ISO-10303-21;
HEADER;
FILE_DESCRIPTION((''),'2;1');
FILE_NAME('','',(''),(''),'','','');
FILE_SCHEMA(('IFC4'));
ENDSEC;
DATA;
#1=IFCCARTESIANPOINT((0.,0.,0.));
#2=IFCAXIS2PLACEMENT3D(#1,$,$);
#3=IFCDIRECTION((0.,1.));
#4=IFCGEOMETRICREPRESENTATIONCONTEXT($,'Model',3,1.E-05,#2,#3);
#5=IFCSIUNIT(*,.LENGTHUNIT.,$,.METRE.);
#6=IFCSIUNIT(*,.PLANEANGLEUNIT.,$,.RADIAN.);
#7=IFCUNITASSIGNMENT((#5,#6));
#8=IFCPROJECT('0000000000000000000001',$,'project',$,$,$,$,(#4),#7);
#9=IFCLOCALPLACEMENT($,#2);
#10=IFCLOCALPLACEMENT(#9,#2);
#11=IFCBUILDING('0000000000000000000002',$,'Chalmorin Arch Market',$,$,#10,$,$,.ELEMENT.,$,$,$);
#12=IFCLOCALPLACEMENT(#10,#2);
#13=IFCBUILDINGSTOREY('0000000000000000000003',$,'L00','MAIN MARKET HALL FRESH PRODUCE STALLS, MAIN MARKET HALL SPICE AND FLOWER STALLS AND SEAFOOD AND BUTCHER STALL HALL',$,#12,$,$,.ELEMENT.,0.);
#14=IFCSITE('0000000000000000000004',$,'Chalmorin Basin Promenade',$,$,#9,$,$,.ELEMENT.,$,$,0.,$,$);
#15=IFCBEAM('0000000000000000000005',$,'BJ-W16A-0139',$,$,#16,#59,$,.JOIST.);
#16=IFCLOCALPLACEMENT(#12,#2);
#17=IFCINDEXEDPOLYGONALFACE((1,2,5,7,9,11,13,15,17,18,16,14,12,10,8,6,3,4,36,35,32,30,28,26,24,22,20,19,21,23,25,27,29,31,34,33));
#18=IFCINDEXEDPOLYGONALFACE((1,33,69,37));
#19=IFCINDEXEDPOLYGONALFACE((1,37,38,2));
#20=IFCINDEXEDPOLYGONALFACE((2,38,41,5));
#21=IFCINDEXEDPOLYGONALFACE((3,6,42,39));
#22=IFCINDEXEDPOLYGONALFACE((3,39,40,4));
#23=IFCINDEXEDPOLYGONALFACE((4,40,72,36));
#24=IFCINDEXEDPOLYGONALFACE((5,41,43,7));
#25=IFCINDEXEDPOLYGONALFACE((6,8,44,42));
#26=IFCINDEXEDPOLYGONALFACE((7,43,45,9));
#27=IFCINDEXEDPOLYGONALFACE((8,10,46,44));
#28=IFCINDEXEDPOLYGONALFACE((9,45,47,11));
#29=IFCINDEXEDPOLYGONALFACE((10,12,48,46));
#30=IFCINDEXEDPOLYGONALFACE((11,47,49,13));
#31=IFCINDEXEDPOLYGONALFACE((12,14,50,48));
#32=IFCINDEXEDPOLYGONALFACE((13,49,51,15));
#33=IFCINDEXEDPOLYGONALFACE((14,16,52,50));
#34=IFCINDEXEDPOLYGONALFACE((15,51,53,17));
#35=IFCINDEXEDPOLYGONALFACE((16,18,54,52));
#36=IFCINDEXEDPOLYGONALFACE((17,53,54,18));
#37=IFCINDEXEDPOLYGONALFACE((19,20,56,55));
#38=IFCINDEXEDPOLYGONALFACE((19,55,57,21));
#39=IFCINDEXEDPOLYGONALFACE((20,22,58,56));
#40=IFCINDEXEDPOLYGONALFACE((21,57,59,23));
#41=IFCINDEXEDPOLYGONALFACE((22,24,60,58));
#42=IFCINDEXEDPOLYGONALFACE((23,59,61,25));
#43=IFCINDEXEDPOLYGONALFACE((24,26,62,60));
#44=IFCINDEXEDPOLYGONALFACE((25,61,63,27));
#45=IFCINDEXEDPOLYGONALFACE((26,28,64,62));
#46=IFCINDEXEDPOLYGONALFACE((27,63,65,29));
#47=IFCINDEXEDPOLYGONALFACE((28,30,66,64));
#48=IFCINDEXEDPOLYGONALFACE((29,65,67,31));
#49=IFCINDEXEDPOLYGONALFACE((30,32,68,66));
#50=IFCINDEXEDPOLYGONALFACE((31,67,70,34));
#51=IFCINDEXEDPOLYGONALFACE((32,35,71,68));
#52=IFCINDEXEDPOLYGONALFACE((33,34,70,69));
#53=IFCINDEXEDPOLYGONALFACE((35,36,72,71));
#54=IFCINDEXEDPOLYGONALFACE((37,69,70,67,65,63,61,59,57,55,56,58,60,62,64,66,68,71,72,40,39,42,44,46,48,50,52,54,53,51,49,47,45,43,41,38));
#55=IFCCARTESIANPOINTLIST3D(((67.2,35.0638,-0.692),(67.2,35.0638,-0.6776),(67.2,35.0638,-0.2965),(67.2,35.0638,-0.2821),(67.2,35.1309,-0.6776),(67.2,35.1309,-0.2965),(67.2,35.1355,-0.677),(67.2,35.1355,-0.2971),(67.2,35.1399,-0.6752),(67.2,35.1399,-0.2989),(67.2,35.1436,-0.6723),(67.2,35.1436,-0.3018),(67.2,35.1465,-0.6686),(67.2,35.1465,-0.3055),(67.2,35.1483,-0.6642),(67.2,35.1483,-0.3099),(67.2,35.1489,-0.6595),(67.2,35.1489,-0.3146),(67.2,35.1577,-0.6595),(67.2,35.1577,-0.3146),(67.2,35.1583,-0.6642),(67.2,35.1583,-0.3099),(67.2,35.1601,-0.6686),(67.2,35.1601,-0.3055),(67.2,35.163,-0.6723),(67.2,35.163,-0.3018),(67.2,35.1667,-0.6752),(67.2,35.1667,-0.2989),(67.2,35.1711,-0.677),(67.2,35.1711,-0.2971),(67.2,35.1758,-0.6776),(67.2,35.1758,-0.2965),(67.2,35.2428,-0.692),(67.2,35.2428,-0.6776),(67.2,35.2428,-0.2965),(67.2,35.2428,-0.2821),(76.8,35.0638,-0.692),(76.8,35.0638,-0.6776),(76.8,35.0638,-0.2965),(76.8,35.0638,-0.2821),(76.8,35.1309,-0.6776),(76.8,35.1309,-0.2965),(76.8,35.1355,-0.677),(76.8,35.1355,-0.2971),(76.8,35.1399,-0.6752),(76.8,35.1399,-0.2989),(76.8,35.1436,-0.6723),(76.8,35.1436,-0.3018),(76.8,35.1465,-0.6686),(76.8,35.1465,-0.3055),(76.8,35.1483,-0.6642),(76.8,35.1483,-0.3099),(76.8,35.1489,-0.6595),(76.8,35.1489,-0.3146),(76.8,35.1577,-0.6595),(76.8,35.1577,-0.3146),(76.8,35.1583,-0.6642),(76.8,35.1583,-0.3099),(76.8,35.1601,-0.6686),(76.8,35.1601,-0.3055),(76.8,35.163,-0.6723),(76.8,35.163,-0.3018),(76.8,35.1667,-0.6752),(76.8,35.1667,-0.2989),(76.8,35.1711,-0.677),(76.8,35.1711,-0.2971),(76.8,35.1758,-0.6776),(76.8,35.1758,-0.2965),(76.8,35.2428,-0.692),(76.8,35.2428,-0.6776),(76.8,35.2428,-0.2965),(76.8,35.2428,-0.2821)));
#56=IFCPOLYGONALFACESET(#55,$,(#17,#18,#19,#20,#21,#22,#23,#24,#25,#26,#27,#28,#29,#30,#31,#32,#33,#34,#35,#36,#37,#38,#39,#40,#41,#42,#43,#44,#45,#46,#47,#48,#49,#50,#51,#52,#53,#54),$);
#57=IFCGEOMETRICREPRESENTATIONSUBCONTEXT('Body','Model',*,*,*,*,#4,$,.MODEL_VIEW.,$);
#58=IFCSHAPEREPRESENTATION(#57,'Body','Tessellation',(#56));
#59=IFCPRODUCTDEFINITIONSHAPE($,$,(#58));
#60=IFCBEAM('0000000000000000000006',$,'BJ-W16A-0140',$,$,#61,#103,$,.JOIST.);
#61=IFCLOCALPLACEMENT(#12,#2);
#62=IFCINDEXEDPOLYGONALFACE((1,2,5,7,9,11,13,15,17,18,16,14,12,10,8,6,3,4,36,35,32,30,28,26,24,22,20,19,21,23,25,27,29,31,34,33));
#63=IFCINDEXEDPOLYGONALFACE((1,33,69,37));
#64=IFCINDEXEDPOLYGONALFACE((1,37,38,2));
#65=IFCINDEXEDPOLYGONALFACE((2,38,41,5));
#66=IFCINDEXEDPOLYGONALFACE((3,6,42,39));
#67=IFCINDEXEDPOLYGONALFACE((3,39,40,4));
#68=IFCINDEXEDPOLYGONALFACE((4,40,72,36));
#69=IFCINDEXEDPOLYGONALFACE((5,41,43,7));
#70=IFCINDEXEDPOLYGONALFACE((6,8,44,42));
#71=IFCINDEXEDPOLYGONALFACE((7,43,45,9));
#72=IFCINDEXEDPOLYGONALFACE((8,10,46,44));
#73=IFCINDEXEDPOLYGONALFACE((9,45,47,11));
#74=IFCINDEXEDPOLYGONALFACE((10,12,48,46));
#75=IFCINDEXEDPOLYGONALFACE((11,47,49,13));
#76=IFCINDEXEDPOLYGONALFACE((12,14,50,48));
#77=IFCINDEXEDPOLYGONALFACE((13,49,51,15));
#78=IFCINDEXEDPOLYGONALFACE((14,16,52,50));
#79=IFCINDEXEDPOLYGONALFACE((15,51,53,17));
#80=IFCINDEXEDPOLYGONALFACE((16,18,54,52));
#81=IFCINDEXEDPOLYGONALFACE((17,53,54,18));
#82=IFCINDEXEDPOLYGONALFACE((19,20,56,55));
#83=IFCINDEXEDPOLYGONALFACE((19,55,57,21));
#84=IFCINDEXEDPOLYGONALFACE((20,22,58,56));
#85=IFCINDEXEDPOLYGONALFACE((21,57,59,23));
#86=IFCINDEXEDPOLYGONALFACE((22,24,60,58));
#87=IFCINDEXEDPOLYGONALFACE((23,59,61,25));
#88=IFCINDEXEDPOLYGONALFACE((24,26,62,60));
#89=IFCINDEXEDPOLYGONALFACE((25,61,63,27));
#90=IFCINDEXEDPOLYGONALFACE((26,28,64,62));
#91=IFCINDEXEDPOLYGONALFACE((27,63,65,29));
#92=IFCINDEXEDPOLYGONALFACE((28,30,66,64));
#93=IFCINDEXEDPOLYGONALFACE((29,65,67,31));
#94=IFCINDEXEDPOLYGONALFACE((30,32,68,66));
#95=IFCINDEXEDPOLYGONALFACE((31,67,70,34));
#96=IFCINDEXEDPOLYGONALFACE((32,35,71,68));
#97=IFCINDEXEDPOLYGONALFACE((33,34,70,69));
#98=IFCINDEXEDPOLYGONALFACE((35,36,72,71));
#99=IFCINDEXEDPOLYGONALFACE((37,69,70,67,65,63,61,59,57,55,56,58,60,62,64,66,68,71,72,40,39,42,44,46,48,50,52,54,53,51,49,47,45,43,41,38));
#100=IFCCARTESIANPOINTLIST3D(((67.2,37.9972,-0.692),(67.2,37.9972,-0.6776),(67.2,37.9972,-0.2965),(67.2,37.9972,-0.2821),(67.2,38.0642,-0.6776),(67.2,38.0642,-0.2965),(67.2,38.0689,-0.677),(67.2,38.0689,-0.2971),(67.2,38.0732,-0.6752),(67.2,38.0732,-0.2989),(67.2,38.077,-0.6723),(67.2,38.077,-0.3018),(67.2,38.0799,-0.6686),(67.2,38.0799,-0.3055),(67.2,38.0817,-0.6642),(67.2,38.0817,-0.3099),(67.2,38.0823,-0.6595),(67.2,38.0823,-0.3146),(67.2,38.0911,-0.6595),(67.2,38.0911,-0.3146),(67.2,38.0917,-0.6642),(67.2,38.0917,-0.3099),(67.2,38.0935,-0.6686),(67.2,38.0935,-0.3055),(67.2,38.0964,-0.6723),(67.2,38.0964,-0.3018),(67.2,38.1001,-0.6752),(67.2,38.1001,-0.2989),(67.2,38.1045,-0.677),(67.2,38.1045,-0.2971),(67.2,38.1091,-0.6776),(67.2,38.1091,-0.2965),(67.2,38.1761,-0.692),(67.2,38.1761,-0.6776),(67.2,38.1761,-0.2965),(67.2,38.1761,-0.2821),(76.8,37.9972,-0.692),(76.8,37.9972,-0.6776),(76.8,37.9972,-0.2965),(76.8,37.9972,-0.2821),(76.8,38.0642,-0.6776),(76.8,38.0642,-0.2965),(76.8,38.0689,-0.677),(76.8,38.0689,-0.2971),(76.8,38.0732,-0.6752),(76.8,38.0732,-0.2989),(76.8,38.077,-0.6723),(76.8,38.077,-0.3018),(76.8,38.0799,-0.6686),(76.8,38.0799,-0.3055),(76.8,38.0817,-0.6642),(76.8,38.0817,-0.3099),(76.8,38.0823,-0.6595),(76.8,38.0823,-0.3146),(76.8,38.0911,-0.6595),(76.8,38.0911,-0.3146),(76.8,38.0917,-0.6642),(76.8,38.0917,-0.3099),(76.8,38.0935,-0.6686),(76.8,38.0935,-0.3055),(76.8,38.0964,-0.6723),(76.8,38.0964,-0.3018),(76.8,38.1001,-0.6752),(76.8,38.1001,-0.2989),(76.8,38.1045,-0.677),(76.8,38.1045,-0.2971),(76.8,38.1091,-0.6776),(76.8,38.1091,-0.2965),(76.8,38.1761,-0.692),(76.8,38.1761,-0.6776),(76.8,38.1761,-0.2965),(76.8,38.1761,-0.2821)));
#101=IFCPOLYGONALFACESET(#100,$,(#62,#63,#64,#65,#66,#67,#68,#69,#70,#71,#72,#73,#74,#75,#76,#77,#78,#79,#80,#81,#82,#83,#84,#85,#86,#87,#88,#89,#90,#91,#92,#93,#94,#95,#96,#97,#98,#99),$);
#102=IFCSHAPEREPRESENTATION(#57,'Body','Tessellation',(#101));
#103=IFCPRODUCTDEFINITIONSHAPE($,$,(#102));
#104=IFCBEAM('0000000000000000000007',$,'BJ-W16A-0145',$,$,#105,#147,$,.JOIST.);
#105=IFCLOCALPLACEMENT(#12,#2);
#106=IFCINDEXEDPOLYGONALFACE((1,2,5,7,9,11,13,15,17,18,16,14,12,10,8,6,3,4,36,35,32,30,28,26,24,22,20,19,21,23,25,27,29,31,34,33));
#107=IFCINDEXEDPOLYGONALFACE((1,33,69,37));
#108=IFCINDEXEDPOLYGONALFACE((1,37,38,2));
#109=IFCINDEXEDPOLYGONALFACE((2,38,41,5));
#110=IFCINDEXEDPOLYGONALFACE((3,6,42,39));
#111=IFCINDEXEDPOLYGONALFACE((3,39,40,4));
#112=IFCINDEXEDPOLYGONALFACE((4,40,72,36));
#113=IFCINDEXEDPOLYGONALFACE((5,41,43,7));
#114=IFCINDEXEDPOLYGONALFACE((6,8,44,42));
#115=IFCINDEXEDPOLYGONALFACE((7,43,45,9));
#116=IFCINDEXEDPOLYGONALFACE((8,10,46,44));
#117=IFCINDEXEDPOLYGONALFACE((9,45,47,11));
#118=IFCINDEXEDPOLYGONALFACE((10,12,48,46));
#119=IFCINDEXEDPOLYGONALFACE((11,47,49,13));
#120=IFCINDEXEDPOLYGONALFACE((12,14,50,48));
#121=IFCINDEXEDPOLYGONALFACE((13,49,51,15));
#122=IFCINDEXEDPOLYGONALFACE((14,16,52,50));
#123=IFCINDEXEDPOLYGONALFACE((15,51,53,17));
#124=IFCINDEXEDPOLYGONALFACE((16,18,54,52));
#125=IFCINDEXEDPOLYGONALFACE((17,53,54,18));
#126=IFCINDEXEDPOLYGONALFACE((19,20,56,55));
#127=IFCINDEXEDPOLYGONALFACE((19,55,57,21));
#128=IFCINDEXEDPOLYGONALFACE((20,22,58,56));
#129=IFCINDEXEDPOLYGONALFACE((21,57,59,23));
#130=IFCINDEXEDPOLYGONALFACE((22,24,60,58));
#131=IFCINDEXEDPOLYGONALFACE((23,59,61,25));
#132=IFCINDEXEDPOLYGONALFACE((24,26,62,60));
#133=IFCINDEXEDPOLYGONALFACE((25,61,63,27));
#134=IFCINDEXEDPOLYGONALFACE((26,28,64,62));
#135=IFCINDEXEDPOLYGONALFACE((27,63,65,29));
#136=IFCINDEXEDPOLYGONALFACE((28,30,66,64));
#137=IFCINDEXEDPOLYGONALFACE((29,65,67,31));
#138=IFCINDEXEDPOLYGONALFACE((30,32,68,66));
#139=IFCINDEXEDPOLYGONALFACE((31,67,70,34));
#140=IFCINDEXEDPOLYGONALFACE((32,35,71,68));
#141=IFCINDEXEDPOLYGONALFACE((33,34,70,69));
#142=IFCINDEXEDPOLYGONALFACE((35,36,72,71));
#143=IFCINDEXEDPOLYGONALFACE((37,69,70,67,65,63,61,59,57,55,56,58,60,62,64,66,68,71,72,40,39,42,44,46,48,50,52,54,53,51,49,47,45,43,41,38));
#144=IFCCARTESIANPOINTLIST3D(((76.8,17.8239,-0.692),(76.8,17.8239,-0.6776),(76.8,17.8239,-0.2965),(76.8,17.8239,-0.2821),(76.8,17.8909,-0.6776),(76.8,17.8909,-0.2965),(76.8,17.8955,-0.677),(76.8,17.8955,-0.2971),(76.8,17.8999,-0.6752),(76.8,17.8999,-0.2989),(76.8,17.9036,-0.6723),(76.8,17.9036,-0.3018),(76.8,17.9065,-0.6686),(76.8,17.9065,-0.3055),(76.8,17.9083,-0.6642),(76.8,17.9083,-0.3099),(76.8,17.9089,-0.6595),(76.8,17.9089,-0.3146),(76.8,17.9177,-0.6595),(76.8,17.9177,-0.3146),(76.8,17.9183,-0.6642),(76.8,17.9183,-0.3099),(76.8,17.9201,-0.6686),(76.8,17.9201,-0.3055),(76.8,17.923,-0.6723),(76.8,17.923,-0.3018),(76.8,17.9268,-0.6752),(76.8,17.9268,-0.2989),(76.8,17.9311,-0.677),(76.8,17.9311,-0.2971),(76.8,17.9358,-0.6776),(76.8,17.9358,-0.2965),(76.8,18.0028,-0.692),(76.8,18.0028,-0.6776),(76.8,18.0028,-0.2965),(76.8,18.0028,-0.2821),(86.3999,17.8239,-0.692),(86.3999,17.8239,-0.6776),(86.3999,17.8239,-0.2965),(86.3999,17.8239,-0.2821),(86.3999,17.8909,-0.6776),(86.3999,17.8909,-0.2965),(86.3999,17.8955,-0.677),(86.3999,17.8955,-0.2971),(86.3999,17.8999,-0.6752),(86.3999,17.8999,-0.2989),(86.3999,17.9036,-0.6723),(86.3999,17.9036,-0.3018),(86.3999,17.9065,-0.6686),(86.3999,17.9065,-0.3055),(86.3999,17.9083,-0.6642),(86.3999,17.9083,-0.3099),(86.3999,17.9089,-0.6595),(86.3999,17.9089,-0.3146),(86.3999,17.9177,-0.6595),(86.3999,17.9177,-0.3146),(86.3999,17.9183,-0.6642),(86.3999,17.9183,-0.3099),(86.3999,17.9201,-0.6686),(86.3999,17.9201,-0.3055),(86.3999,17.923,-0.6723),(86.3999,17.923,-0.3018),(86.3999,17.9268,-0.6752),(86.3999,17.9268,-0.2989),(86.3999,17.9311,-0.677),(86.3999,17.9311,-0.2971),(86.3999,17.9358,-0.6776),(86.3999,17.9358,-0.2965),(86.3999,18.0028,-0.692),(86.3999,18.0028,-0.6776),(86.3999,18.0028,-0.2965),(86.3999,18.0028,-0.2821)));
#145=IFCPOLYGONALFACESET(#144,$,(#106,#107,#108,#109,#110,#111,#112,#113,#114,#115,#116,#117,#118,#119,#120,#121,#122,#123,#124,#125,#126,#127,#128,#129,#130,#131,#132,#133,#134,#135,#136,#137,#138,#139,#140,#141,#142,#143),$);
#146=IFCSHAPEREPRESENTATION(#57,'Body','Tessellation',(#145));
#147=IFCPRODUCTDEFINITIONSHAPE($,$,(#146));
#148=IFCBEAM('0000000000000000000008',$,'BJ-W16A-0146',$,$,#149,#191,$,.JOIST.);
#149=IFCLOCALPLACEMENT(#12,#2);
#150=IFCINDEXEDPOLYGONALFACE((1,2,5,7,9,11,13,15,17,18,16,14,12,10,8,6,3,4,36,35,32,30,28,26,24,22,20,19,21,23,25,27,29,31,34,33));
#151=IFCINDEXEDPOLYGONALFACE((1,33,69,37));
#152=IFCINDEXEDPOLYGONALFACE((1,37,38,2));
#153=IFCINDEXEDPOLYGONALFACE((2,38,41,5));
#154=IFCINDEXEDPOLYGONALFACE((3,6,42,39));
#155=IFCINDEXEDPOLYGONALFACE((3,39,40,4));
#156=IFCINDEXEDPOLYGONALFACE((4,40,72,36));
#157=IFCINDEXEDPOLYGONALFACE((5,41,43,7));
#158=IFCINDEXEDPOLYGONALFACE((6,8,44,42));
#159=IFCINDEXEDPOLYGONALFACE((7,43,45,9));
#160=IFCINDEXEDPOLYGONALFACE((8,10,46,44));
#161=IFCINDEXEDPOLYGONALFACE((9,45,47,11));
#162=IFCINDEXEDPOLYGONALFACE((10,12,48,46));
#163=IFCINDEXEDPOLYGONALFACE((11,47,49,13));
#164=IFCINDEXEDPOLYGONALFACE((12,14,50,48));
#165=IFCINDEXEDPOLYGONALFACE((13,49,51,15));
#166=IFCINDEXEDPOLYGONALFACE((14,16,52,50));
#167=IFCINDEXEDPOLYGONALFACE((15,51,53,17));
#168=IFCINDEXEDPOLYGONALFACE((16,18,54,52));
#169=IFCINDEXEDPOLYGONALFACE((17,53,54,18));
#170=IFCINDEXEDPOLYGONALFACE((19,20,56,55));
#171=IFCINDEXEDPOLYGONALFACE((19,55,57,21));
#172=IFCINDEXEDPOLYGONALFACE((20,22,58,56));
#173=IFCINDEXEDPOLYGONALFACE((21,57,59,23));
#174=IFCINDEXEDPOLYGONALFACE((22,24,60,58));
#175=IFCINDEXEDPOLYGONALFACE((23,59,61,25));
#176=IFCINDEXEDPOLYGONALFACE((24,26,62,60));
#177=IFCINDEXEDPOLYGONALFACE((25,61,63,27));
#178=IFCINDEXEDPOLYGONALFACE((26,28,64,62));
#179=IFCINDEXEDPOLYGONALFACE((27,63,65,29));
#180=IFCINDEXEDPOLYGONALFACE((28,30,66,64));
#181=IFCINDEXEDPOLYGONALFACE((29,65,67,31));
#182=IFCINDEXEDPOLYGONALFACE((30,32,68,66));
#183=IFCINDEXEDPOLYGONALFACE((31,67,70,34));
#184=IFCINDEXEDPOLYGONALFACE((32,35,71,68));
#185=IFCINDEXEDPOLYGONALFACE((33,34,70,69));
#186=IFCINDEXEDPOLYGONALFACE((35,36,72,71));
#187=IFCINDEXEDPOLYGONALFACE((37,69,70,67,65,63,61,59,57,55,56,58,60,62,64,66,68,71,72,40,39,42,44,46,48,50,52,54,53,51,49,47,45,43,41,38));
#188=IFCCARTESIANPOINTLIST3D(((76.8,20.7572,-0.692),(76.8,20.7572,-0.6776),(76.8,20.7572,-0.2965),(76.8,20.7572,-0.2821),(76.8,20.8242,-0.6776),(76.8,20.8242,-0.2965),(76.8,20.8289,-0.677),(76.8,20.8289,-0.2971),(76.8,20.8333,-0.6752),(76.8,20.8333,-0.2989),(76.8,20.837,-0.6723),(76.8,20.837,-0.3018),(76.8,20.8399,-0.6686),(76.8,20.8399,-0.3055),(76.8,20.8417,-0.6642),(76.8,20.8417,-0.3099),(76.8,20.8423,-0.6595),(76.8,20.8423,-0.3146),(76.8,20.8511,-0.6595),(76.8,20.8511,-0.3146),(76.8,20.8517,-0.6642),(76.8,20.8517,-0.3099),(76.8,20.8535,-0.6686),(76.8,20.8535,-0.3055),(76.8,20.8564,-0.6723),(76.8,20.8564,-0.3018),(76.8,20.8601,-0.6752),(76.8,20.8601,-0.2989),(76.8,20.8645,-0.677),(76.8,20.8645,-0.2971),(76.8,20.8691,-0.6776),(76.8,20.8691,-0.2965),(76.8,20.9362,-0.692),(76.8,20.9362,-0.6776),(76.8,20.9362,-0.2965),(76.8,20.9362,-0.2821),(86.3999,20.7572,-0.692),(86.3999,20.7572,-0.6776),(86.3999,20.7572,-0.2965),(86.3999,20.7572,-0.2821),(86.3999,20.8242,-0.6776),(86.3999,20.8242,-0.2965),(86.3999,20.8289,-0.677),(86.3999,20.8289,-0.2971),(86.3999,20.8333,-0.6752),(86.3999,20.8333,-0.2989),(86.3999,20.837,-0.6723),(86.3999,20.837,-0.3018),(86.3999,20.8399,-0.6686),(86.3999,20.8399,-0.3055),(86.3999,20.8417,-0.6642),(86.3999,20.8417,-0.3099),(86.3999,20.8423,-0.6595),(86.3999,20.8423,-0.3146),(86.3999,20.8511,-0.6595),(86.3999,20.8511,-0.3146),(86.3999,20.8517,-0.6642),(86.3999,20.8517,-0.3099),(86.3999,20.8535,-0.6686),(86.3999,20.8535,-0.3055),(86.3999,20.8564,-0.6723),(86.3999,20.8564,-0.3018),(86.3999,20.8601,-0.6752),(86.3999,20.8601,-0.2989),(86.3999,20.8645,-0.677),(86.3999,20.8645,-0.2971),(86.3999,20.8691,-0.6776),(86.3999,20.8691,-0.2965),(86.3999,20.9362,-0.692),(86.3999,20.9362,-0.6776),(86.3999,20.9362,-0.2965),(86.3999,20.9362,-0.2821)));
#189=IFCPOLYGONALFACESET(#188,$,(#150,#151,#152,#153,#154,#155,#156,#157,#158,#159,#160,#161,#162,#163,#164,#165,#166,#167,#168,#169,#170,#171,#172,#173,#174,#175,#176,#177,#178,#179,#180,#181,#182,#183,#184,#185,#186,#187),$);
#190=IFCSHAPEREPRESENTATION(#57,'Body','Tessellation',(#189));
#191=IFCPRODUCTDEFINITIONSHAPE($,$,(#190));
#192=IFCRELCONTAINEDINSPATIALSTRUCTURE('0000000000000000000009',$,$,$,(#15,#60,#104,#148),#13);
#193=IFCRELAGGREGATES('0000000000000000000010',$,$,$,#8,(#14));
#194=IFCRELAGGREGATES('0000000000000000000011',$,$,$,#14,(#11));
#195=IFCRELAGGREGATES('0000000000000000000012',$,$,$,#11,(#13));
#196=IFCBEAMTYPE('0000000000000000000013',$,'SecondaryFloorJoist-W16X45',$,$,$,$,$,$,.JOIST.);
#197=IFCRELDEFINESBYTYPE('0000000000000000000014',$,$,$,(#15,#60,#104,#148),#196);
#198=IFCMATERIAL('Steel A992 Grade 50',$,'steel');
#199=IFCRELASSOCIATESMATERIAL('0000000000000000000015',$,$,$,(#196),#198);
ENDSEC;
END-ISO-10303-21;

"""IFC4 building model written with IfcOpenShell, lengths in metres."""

from ifc_helpers import new_model, si_unit, direction, frame, origin, origin_2d, place, context, subcontext, project, spatial, i_section, extrude, material, material_profile, profile_set, type_object, element, save


model = new_model("IFC4")

# Units and contexts
model_context = context("Model", 3, precision=1e-05, world=origin(), true_north=direction((0.0, 1.0)))
body_context = subcontext(model_context, "Body", "Model", "MODEL_VIEW")
ifc_project = project(units=[si_unit("LENGTHUNIT", "METRE"), si_unit("PLANEANGLEUNIT", "RADIAN")], contexts=[model_context])

# Site, building, storey
site_placement = place(None, origin())
site = spatial("IfcSite", under=ifc_project, at=site_placement, Name="Chalmorin Basin Promenade", CompositionType="ELEMENT", RefElevation=0.0)
building_placement = place(site_placement, origin())
building = spatial("IfcBuilding", under=site, at=building_placement, Name="Chalmorin Arch Market", CompositionType="ELEMENT")
storey_placement = place(building_placement, origin())
storey = spatial("IfcBuildingStorey", under=building, at=storey_placement, Name="L00", Description="MAIN MARKET HALL FRESH PRODUCE STALLS, MAIN MARKET HALL SPICE AND FLOWER STALLS AND SEAFOOD AND BUTCHER STALL HALL", CompositionType="ELEMENT", Elevation=0.0)

# Beams
ifc_material_1 = material(Name="Steel A992 Grade 50", Category="steel")
ifc_material_profile_1 = material_profile(ifc_material_1, i_section(OverallWidth=0.179, OverallDepth=0.4099, WebThickness=0.0088, FlangeThickness=0.0144, FilletRadius=0.0181, at=origin_2d()), Name="W16X45")
ifc_profile_set_1 = profile_set([ifc_material_profile_1], Name="Steel A992 Grade 50")
beam_type_1 = type_object("IfcBeamType", Name="SecondaryFloorJoist-W16X45", PredefinedType="JOIST", material=ifc_profile_set_1)
for number, where, z_axis, x_axis, name in (
    (1, (67.2, 35.1533, -0.4871), (1.0, 0.0, 0.0), (0.0, 1.0, 0.0), "BJ-W16A-0139"),
    (2, (67.2, 38.0867, -0.4871), (1.0, 0.0, 0.0), (0.0, 1.0, 0.0), "BJ-W16A-0140"),
):
    element("IfcBeam", number, at=place(storey_placement, frame(where, z_axis=z_axis, x_axis=x_axis)), inside=storey, type_object=beam_type_1, Name=name, PredefinedType="JOIST", context=body_context, shape_type="SweptSolid", body=[
        extrude(i_section(OverallWidth=0.179, OverallDepth=0.4099, WebThickness=0.0088, FlangeThickness=0.0144, FilletRadius=0.0181, at=origin_2d()), origin(), (0.0, 0.0, 1.0), 9.6001),
    ])
for number, where, z_axis, x_axis, name in (
    (3, (76.8, 17.9133, -0.4871), (1.0, 0.0, 0.0), (0.0, 1.0, 0.0), "BJ-W16A-0145"),
    (4, (76.8, 20.8467, -0.4871), (1.0, 0.0, 0.0), (0.0, 1.0, 0.0), "BJ-W16A-0146"),
):
    element("IfcBeam", number, at=place(storey_placement, frame(where, z_axis=z_axis, x_axis=x_axis)), inside=storey, type_object=beam_type_1, Name=name, PredefinedType="JOIST", context=body_context, shape_type="SweptSolid", body=[
        extrude(i_section(OverallWidth=0.179, OverallDepth=0.4099, WebThickness=0.0088, FlangeThickness=0.0144, FilletRadius=0.0181, at=origin_2d()), origin(), (0.0, 0.0, 1.0), 9.5999),
    ])

save(model, "model.ifc")
